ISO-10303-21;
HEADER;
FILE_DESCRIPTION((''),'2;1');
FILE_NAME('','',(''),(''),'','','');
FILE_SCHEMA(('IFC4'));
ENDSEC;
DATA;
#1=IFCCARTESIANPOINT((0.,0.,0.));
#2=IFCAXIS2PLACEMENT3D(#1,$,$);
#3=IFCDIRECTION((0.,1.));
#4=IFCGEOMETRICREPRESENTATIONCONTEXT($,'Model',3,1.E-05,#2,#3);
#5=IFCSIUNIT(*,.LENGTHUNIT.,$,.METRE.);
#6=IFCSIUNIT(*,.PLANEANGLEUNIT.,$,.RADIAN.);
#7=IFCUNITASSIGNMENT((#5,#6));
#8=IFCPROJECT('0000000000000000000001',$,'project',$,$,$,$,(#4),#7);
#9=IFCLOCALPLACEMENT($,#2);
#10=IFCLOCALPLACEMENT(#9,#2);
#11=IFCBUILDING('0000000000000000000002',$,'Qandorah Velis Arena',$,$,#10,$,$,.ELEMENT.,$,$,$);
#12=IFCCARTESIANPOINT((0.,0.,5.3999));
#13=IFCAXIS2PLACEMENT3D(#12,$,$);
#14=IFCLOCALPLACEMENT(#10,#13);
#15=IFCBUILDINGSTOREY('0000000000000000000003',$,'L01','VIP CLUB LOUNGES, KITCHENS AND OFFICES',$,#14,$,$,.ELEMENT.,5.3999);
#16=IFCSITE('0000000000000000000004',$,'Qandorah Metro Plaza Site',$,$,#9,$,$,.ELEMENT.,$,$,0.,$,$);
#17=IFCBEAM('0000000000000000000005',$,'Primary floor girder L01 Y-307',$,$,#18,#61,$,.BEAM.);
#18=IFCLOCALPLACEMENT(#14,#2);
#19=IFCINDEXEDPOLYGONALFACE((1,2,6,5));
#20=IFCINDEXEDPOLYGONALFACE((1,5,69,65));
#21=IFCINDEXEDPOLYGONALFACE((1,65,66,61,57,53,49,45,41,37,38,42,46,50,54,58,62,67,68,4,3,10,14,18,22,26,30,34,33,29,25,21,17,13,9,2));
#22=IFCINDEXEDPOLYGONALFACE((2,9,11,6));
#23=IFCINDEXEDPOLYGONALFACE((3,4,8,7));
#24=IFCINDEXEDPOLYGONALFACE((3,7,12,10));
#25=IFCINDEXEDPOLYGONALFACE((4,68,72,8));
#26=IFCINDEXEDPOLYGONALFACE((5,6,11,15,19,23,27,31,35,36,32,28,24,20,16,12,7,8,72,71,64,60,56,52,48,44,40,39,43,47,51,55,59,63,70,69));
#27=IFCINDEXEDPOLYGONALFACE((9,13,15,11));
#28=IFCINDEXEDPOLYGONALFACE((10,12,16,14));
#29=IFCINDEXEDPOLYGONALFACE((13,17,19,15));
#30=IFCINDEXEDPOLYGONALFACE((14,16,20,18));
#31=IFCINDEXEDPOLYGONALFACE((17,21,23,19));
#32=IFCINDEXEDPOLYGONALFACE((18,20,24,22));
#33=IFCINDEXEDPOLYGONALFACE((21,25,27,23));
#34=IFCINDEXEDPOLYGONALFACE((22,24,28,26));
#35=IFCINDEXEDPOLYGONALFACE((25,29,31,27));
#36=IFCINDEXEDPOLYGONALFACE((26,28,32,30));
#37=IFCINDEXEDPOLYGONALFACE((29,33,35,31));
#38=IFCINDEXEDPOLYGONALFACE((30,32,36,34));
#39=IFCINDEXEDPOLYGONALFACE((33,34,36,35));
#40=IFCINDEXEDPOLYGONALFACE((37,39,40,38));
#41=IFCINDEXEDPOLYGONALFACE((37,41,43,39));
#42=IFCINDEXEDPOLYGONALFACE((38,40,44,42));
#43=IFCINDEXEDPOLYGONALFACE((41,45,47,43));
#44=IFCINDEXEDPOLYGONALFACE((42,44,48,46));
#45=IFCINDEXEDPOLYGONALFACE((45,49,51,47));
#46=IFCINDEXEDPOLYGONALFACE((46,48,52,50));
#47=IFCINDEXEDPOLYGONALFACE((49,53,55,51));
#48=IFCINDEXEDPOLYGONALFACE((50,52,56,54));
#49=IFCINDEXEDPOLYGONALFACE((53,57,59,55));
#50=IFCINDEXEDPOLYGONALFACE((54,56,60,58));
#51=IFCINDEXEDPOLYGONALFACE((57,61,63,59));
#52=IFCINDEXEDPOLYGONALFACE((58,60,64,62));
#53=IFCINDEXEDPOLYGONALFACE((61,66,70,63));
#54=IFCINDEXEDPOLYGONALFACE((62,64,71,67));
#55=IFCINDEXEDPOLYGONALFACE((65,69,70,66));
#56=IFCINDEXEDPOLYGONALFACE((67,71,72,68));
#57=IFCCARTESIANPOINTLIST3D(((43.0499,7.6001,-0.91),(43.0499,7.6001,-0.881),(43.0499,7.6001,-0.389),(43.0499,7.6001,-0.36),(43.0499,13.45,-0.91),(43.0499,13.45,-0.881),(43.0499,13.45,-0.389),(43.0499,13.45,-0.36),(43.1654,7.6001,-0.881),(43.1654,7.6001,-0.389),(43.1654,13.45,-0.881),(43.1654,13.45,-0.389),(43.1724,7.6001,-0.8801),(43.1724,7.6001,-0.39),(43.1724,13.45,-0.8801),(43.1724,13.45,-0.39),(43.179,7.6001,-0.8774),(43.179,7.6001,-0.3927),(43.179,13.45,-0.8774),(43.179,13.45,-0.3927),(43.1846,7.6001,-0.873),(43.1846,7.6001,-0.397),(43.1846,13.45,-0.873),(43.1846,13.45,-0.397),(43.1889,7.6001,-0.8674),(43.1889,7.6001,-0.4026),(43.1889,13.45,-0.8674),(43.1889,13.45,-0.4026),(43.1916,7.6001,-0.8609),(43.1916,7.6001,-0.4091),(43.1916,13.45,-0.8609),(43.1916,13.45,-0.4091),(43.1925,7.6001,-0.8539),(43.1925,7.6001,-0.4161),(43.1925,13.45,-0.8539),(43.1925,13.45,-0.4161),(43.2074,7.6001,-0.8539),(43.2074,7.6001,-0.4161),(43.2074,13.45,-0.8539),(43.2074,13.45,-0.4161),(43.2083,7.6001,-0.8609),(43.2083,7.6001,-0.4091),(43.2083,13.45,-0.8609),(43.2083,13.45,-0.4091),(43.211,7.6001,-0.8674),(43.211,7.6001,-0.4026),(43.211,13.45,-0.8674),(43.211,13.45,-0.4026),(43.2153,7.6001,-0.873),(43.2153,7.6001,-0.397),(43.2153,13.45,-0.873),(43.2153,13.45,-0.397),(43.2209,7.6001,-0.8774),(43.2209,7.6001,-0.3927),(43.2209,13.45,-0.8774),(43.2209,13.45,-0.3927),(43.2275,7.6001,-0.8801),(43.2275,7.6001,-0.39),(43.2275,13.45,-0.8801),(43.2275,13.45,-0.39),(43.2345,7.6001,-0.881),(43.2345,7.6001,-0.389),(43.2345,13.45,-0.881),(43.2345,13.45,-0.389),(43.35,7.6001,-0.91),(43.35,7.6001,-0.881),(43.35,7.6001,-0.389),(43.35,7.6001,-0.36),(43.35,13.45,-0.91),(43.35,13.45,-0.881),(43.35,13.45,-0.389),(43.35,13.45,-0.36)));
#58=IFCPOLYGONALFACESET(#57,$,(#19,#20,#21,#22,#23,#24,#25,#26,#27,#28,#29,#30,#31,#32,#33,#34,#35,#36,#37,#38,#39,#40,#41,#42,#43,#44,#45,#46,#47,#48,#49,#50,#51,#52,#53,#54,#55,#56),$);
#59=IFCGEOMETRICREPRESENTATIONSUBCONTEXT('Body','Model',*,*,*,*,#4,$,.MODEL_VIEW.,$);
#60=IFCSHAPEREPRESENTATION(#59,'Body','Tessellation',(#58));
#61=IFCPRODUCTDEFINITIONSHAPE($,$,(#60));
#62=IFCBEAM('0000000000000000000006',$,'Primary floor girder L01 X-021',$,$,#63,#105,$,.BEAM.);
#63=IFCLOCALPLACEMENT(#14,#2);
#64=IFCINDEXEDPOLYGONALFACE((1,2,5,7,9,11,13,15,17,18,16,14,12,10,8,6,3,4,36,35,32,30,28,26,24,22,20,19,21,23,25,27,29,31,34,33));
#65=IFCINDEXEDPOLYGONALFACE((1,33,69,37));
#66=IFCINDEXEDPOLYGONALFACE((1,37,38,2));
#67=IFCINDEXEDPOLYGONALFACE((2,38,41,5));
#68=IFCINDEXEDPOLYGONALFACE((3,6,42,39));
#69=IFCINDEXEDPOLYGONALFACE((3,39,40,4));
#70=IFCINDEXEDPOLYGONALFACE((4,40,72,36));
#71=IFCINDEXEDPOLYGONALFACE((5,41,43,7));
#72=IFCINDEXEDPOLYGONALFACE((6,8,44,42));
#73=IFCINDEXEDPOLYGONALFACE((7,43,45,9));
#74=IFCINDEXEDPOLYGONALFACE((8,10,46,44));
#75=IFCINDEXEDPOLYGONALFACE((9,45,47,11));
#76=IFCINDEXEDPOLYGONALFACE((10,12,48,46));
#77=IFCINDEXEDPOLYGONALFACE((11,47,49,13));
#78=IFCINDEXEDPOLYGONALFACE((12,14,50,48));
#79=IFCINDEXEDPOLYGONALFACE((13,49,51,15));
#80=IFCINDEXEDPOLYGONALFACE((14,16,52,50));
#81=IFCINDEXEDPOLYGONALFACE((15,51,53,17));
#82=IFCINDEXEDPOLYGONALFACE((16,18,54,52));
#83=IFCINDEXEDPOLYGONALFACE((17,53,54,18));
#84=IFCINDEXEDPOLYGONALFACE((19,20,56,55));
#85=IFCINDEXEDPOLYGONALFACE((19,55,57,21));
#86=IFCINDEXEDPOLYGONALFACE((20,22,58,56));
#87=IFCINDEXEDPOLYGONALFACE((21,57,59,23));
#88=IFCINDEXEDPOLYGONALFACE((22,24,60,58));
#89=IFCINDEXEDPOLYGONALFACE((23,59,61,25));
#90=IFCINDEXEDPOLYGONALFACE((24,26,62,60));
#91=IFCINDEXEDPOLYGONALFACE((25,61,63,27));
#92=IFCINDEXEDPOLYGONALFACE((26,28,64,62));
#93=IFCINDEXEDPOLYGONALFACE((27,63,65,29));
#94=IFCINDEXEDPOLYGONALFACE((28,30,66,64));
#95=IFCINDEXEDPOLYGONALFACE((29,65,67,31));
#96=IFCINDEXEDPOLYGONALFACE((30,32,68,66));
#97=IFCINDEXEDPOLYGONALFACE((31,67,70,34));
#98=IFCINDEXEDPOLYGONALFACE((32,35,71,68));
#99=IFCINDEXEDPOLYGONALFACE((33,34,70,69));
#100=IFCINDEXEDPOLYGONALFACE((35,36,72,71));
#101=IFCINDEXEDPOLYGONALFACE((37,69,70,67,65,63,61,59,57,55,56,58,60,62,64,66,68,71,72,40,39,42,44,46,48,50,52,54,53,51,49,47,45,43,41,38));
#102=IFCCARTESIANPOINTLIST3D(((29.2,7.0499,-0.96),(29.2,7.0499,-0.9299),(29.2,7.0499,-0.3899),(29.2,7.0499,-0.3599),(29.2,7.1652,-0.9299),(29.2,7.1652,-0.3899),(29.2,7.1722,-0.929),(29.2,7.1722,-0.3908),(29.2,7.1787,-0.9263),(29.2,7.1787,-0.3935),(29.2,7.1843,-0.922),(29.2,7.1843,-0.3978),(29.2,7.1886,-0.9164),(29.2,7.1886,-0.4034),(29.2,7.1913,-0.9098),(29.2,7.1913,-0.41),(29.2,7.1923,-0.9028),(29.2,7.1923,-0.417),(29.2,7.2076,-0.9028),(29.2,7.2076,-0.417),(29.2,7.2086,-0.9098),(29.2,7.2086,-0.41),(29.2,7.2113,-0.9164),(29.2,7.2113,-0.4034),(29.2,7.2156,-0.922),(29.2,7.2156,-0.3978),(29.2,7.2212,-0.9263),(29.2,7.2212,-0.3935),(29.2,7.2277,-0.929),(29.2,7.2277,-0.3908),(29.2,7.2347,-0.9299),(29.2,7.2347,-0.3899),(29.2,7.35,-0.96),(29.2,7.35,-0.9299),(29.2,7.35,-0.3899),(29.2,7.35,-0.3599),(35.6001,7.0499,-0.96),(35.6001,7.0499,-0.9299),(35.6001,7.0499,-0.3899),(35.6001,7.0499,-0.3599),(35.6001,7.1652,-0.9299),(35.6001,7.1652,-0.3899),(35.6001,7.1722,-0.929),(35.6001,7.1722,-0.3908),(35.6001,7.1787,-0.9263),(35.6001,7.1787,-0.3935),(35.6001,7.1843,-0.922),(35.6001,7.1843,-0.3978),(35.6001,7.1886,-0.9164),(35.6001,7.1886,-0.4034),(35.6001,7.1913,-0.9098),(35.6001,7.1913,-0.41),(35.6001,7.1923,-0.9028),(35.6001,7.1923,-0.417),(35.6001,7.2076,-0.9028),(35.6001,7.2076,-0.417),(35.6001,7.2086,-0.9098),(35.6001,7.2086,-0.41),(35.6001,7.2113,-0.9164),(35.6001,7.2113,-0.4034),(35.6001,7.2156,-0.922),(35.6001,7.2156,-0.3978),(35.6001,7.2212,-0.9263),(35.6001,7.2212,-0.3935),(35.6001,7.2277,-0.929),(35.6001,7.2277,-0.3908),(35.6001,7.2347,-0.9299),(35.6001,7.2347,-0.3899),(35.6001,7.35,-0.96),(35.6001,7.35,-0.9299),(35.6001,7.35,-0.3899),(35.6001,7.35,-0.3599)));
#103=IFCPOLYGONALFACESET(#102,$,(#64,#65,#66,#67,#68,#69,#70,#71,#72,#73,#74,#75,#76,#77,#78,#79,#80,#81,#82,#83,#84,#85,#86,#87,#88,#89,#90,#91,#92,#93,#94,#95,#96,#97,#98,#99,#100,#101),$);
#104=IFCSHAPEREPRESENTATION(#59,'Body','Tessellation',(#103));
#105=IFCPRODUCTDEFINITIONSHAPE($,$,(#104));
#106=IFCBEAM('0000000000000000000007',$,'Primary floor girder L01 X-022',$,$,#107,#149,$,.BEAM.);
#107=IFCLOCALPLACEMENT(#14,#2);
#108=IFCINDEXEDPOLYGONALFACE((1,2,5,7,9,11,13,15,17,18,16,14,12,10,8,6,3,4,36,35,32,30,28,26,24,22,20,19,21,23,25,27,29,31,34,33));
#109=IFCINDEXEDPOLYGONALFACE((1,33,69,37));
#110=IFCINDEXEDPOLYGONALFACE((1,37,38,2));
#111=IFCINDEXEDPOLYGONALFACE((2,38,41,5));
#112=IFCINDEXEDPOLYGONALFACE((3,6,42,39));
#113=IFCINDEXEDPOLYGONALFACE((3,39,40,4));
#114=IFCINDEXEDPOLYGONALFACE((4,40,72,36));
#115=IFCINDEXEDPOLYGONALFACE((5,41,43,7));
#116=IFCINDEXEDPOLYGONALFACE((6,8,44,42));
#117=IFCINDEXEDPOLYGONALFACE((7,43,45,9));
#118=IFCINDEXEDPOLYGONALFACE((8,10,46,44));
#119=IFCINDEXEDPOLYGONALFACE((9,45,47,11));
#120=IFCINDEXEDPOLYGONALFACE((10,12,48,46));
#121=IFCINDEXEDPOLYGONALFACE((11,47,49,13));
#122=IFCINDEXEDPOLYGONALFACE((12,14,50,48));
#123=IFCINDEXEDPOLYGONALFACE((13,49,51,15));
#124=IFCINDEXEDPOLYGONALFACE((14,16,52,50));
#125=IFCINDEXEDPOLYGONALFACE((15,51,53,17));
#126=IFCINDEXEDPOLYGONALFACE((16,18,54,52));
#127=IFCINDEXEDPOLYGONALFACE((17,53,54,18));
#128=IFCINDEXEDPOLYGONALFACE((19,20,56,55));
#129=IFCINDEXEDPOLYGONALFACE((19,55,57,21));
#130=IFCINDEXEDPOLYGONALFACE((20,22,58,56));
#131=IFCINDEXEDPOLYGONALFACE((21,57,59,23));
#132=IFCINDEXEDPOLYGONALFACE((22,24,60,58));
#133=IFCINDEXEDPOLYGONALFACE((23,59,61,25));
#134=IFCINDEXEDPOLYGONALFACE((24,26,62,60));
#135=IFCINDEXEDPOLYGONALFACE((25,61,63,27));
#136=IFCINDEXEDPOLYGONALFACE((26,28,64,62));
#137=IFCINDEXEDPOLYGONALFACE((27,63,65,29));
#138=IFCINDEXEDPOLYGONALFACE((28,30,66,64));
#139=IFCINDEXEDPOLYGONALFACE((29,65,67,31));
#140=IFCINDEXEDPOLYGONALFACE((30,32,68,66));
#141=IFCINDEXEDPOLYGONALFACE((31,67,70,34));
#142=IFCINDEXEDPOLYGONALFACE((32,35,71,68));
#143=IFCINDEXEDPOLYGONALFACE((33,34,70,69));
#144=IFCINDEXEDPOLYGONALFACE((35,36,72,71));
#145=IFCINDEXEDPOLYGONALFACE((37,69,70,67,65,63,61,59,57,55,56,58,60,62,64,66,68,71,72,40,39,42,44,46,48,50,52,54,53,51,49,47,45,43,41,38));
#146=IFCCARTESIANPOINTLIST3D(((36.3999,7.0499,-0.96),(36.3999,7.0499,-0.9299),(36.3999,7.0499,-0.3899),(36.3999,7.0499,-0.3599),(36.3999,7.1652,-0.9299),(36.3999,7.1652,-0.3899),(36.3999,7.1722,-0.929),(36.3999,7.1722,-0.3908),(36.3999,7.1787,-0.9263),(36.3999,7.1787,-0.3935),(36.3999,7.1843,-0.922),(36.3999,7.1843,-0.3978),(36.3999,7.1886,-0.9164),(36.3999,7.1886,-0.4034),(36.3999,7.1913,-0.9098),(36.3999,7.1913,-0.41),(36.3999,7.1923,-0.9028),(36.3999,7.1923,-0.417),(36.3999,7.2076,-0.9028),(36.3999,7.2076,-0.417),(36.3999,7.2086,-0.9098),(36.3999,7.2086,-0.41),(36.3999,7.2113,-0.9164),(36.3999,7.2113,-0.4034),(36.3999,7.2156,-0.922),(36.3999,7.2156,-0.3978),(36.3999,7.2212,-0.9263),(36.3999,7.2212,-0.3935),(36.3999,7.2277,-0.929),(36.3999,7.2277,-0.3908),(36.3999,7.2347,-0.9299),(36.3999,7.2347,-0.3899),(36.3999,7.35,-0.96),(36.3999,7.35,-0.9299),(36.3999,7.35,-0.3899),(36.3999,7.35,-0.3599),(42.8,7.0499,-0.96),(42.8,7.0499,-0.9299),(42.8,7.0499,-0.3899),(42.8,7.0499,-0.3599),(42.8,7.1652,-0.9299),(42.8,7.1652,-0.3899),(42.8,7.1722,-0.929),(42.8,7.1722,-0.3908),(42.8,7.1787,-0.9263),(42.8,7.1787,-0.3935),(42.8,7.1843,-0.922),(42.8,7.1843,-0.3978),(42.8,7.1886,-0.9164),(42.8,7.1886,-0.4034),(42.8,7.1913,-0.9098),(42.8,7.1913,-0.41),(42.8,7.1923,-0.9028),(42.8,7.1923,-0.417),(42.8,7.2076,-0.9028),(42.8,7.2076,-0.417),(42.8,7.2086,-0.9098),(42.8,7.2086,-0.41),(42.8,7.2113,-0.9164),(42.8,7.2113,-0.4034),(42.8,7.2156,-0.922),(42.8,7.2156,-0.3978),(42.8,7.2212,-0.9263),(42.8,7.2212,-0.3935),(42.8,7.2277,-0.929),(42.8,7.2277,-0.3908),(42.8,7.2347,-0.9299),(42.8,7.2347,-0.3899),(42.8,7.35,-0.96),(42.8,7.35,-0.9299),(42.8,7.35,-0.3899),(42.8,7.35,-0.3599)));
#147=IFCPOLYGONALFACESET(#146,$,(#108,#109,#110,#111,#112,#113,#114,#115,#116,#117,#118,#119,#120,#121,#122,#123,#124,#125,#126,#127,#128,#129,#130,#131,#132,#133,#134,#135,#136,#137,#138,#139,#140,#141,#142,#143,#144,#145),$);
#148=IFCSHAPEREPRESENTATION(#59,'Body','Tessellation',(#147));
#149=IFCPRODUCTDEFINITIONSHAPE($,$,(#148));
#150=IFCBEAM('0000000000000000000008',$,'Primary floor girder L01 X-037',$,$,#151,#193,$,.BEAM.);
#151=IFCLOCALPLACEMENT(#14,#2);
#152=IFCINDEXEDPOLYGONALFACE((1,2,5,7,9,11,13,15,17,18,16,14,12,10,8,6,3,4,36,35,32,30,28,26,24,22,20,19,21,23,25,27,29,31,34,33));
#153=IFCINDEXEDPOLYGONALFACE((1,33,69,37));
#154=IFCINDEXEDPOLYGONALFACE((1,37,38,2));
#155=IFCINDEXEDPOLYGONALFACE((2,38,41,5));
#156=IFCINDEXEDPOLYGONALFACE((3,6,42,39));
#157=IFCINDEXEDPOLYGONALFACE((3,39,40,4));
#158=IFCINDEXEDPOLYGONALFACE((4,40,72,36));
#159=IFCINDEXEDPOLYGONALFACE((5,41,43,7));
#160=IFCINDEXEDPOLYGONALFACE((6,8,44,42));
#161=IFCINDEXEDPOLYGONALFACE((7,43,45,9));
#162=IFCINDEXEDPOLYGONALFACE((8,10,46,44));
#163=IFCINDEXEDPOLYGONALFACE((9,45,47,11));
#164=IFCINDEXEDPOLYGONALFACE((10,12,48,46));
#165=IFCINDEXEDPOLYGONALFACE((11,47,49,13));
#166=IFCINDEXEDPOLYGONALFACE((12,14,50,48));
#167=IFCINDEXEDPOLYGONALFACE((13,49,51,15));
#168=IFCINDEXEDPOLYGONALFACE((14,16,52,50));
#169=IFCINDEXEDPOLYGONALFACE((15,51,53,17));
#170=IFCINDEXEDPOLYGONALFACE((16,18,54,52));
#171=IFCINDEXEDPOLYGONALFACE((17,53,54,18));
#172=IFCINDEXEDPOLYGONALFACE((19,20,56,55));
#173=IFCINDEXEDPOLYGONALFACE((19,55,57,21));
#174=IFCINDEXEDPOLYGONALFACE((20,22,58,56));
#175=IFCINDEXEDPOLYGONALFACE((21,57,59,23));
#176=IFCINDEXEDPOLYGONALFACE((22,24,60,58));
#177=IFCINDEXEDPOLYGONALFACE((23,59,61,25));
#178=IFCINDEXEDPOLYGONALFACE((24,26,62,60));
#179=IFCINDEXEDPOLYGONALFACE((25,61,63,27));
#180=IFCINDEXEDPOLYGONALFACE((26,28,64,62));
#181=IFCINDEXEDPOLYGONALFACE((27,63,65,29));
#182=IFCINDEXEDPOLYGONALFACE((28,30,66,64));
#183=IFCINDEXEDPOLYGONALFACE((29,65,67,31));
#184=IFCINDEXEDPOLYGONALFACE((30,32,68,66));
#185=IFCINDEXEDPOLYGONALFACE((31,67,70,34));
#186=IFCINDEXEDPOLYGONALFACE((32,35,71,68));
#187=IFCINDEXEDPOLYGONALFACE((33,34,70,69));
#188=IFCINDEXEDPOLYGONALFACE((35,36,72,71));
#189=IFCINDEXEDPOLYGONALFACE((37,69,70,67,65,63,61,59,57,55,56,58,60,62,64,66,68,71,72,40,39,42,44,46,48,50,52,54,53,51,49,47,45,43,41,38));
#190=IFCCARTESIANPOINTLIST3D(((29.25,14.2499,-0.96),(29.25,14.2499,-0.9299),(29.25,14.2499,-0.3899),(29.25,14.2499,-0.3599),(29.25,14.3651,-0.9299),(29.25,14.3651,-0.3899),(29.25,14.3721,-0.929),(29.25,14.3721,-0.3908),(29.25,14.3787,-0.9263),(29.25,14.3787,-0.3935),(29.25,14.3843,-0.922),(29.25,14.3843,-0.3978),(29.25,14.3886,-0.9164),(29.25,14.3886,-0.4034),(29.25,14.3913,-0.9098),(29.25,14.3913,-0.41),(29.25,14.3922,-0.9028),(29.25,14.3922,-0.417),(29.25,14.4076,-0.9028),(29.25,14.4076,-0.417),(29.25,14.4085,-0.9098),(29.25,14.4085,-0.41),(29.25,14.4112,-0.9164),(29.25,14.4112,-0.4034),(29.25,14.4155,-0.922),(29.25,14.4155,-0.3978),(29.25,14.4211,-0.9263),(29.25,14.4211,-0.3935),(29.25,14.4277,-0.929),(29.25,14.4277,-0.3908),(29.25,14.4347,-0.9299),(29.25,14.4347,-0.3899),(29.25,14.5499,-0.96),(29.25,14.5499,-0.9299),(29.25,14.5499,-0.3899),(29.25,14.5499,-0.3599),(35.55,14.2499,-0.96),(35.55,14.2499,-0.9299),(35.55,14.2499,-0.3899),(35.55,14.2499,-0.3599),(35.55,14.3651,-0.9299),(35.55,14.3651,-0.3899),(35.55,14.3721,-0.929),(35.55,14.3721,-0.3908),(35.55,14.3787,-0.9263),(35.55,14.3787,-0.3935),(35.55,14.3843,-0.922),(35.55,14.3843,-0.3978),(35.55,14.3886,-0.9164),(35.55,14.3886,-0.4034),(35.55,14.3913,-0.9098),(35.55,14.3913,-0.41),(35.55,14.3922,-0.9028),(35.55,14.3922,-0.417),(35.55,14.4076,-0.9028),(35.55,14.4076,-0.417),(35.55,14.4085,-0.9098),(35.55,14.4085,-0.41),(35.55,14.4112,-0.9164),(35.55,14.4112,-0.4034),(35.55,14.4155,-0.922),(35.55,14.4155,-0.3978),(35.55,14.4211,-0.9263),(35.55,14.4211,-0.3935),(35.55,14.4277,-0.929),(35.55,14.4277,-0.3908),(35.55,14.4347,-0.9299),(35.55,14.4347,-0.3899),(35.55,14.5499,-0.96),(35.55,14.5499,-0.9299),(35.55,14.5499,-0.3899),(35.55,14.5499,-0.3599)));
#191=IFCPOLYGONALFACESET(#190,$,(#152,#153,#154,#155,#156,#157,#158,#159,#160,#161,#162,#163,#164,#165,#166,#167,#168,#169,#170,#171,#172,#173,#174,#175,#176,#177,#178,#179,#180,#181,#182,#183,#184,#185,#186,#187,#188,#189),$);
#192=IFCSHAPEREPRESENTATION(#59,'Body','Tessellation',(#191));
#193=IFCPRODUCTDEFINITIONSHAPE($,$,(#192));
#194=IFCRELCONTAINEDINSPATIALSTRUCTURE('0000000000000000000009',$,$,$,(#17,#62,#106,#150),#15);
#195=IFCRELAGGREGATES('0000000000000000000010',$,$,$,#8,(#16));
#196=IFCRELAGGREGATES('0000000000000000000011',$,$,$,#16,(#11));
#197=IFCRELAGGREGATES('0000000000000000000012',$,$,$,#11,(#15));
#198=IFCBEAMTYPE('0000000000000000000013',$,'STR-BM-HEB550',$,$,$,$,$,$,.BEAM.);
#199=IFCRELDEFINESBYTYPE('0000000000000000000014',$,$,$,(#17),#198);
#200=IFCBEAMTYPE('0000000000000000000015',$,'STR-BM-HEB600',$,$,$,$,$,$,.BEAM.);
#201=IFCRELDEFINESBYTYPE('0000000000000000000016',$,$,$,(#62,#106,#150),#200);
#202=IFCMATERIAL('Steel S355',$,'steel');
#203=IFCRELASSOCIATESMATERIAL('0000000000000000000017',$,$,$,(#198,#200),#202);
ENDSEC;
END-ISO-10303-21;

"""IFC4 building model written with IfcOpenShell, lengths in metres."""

from ifc_helpers import new_model, si_unit, direction, frame, origin, origin_2d, place, context, subcontext, project, spatial, i_section, extrude, material, material_profile, profile_set, type_object, element, save


model = new_model("IFC4")

# Units and contexts
model_context = context("Model", 3, precision=1e-05, world=origin(), true_north=direction((0.0, 1.0)))
body_context = subcontext(model_context, "Body", "Model", "MODEL_VIEW")
ifc_project = project(units=[si_unit("LENGTHUNIT", "METRE"), si_unit("PLANEANGLEUNIT", "RADIAN")], contexts=[model_context])

# Site, building, storey
site_placement = place(None, origin())
site = spatial("IfcSite", under=ifc_project, at=site_placement, Name="Qandorah Metro Plaza Site", CompositionType="ELEMENT", RefElevation=0.0)
building_placement = place(site_placement, origin())
building = spatial("IfcBuilding", under=site, at=building_placement, Name="Qandorah Velis Arena", CompositionType="ELEMENT")
storey_placement = place(building_placement, frame((0.0, 0.0, 5.3999)))
storey = spatial("IfcBuildingStorey", under=building, at=storey_placement, Name="L01", Description="VIP CLUB LOUNGES, KITCHENS AND OFFICES", CompositionType="ELEMENT", Elevation=5.3999)

# Beams
ifc_material_1 = material(Name="Steel S355", Category="steel")
ifc_material_profile_1 = material_profile(ifc_material_1, i_section(OverallWidth=0.3, OverallDepth=0.55, WebThickness=0.0149, FlangeThickness=0.0291, FilletRadius=0.0271, at=origin_2d()), Name="HEB 550")
ifc_profile_set_1 = profile_set([ifc_material_profile_1], Name="Steel S355")
beam_type_1 = type_object("IfcBeamType", Name="STR-BM-HEB550", PredefinedType="BEAM", material=ifc_profile_set_1)
beam_1_placement = place(storey_placement, frame((43.2, 7.6001, -0.635), z_axis=(0.0, 1.0, 0.0), x_axis=(-1.0, 0.0, 0.0)))
element("IfcBeam", 1, at=beam_1_placement, inside=storey, type_object=beam_type_1, Name="Primary floor girder L01 Y-307", PredefinedType="BEAM", context=body_context, shape_type="SweptSolid", body=[
    extrude(i_section(OverallWidth=0.3, OverallDepth=0.55, WebThickness=0.0149, FlangeThickness=0.0291, FilletRadius=0.0271, at=origin_2d()), origin(), (0.0, 0.0, 1.0), 5.8499),
])
ifc_material_profile_2 = material_profile(ifc_material_1, i_section(OverallWidth=0.3, OverallDepth=0.6001, WebThickness=0.0154, FlangeThickness=0.03, FilletRadius=0.0271, at=origin_2d()), Name="HEB 600")
ifc_profile_set_2 = profile_set([ifc_material_profile_2], Name="Steel S355")
beam_type_2 = type_object("IfcBeamType", Name="STR-BM-HEB600", PredefinedType="BEAM", material=ifc_profile_set_2)
for number, where, z_axis, x_axis, name in (
    (2, (29.2, 7.2, -0.6599), (1.0, 0.0, 0.0), (0.0, 1.0, 0.0), "Primary floor girder L01 X-021"),
    (3, (36.3999, 7.2, -0.6599), (1.0, 0.0, 0.0), (0.0, 1.0, 0.0), "Primary floor girder L01 X-022"),
):
    element("IfcBeam", number, at=place(storey_placement, frame(where, z_axis=z_axis, x_axis=x_axis)), inside=storey, type_object=beam_type_2, Name=name, PredefinedType="BEAM", context=body_context, shape_type="SweptSolid", body=[
        extrude(i_section(OverallWidth=0.3, OverallDepth=0.6001, WebThickness=0.0154, FlangeThickness=0.03, FilletRadius=0.0271, at=origin_2d()), origin(), (0.0, 0.0, 1.0), 6.4001),
    ])
beam_2_placement = place(storey_placement, frame((29.25, 14.3999, -0.6599), z_axis=(1.0, 0.0, 0.0), x_axis=(0.0, 1.0, 0.0)))
element("IfcBeam", 4, at=beam_2_placement, inside=storey, type_object=beam_type_2, Name="Primary floor girder L01 X-037", PredefinedType="BEAM", context=body_context, shape_type="SweptSolid", body=[
    extrude(i_section(OverallWidth=0.3, OverallDepth=0.6001, WebThickness=0.0154, FlangeThickness=0.03, FilletRadius=0.0271, at=origin_2d()), origin(), (0.0, 0.0, 1.0), 6.3),
])

save(model, "model.ifc")
